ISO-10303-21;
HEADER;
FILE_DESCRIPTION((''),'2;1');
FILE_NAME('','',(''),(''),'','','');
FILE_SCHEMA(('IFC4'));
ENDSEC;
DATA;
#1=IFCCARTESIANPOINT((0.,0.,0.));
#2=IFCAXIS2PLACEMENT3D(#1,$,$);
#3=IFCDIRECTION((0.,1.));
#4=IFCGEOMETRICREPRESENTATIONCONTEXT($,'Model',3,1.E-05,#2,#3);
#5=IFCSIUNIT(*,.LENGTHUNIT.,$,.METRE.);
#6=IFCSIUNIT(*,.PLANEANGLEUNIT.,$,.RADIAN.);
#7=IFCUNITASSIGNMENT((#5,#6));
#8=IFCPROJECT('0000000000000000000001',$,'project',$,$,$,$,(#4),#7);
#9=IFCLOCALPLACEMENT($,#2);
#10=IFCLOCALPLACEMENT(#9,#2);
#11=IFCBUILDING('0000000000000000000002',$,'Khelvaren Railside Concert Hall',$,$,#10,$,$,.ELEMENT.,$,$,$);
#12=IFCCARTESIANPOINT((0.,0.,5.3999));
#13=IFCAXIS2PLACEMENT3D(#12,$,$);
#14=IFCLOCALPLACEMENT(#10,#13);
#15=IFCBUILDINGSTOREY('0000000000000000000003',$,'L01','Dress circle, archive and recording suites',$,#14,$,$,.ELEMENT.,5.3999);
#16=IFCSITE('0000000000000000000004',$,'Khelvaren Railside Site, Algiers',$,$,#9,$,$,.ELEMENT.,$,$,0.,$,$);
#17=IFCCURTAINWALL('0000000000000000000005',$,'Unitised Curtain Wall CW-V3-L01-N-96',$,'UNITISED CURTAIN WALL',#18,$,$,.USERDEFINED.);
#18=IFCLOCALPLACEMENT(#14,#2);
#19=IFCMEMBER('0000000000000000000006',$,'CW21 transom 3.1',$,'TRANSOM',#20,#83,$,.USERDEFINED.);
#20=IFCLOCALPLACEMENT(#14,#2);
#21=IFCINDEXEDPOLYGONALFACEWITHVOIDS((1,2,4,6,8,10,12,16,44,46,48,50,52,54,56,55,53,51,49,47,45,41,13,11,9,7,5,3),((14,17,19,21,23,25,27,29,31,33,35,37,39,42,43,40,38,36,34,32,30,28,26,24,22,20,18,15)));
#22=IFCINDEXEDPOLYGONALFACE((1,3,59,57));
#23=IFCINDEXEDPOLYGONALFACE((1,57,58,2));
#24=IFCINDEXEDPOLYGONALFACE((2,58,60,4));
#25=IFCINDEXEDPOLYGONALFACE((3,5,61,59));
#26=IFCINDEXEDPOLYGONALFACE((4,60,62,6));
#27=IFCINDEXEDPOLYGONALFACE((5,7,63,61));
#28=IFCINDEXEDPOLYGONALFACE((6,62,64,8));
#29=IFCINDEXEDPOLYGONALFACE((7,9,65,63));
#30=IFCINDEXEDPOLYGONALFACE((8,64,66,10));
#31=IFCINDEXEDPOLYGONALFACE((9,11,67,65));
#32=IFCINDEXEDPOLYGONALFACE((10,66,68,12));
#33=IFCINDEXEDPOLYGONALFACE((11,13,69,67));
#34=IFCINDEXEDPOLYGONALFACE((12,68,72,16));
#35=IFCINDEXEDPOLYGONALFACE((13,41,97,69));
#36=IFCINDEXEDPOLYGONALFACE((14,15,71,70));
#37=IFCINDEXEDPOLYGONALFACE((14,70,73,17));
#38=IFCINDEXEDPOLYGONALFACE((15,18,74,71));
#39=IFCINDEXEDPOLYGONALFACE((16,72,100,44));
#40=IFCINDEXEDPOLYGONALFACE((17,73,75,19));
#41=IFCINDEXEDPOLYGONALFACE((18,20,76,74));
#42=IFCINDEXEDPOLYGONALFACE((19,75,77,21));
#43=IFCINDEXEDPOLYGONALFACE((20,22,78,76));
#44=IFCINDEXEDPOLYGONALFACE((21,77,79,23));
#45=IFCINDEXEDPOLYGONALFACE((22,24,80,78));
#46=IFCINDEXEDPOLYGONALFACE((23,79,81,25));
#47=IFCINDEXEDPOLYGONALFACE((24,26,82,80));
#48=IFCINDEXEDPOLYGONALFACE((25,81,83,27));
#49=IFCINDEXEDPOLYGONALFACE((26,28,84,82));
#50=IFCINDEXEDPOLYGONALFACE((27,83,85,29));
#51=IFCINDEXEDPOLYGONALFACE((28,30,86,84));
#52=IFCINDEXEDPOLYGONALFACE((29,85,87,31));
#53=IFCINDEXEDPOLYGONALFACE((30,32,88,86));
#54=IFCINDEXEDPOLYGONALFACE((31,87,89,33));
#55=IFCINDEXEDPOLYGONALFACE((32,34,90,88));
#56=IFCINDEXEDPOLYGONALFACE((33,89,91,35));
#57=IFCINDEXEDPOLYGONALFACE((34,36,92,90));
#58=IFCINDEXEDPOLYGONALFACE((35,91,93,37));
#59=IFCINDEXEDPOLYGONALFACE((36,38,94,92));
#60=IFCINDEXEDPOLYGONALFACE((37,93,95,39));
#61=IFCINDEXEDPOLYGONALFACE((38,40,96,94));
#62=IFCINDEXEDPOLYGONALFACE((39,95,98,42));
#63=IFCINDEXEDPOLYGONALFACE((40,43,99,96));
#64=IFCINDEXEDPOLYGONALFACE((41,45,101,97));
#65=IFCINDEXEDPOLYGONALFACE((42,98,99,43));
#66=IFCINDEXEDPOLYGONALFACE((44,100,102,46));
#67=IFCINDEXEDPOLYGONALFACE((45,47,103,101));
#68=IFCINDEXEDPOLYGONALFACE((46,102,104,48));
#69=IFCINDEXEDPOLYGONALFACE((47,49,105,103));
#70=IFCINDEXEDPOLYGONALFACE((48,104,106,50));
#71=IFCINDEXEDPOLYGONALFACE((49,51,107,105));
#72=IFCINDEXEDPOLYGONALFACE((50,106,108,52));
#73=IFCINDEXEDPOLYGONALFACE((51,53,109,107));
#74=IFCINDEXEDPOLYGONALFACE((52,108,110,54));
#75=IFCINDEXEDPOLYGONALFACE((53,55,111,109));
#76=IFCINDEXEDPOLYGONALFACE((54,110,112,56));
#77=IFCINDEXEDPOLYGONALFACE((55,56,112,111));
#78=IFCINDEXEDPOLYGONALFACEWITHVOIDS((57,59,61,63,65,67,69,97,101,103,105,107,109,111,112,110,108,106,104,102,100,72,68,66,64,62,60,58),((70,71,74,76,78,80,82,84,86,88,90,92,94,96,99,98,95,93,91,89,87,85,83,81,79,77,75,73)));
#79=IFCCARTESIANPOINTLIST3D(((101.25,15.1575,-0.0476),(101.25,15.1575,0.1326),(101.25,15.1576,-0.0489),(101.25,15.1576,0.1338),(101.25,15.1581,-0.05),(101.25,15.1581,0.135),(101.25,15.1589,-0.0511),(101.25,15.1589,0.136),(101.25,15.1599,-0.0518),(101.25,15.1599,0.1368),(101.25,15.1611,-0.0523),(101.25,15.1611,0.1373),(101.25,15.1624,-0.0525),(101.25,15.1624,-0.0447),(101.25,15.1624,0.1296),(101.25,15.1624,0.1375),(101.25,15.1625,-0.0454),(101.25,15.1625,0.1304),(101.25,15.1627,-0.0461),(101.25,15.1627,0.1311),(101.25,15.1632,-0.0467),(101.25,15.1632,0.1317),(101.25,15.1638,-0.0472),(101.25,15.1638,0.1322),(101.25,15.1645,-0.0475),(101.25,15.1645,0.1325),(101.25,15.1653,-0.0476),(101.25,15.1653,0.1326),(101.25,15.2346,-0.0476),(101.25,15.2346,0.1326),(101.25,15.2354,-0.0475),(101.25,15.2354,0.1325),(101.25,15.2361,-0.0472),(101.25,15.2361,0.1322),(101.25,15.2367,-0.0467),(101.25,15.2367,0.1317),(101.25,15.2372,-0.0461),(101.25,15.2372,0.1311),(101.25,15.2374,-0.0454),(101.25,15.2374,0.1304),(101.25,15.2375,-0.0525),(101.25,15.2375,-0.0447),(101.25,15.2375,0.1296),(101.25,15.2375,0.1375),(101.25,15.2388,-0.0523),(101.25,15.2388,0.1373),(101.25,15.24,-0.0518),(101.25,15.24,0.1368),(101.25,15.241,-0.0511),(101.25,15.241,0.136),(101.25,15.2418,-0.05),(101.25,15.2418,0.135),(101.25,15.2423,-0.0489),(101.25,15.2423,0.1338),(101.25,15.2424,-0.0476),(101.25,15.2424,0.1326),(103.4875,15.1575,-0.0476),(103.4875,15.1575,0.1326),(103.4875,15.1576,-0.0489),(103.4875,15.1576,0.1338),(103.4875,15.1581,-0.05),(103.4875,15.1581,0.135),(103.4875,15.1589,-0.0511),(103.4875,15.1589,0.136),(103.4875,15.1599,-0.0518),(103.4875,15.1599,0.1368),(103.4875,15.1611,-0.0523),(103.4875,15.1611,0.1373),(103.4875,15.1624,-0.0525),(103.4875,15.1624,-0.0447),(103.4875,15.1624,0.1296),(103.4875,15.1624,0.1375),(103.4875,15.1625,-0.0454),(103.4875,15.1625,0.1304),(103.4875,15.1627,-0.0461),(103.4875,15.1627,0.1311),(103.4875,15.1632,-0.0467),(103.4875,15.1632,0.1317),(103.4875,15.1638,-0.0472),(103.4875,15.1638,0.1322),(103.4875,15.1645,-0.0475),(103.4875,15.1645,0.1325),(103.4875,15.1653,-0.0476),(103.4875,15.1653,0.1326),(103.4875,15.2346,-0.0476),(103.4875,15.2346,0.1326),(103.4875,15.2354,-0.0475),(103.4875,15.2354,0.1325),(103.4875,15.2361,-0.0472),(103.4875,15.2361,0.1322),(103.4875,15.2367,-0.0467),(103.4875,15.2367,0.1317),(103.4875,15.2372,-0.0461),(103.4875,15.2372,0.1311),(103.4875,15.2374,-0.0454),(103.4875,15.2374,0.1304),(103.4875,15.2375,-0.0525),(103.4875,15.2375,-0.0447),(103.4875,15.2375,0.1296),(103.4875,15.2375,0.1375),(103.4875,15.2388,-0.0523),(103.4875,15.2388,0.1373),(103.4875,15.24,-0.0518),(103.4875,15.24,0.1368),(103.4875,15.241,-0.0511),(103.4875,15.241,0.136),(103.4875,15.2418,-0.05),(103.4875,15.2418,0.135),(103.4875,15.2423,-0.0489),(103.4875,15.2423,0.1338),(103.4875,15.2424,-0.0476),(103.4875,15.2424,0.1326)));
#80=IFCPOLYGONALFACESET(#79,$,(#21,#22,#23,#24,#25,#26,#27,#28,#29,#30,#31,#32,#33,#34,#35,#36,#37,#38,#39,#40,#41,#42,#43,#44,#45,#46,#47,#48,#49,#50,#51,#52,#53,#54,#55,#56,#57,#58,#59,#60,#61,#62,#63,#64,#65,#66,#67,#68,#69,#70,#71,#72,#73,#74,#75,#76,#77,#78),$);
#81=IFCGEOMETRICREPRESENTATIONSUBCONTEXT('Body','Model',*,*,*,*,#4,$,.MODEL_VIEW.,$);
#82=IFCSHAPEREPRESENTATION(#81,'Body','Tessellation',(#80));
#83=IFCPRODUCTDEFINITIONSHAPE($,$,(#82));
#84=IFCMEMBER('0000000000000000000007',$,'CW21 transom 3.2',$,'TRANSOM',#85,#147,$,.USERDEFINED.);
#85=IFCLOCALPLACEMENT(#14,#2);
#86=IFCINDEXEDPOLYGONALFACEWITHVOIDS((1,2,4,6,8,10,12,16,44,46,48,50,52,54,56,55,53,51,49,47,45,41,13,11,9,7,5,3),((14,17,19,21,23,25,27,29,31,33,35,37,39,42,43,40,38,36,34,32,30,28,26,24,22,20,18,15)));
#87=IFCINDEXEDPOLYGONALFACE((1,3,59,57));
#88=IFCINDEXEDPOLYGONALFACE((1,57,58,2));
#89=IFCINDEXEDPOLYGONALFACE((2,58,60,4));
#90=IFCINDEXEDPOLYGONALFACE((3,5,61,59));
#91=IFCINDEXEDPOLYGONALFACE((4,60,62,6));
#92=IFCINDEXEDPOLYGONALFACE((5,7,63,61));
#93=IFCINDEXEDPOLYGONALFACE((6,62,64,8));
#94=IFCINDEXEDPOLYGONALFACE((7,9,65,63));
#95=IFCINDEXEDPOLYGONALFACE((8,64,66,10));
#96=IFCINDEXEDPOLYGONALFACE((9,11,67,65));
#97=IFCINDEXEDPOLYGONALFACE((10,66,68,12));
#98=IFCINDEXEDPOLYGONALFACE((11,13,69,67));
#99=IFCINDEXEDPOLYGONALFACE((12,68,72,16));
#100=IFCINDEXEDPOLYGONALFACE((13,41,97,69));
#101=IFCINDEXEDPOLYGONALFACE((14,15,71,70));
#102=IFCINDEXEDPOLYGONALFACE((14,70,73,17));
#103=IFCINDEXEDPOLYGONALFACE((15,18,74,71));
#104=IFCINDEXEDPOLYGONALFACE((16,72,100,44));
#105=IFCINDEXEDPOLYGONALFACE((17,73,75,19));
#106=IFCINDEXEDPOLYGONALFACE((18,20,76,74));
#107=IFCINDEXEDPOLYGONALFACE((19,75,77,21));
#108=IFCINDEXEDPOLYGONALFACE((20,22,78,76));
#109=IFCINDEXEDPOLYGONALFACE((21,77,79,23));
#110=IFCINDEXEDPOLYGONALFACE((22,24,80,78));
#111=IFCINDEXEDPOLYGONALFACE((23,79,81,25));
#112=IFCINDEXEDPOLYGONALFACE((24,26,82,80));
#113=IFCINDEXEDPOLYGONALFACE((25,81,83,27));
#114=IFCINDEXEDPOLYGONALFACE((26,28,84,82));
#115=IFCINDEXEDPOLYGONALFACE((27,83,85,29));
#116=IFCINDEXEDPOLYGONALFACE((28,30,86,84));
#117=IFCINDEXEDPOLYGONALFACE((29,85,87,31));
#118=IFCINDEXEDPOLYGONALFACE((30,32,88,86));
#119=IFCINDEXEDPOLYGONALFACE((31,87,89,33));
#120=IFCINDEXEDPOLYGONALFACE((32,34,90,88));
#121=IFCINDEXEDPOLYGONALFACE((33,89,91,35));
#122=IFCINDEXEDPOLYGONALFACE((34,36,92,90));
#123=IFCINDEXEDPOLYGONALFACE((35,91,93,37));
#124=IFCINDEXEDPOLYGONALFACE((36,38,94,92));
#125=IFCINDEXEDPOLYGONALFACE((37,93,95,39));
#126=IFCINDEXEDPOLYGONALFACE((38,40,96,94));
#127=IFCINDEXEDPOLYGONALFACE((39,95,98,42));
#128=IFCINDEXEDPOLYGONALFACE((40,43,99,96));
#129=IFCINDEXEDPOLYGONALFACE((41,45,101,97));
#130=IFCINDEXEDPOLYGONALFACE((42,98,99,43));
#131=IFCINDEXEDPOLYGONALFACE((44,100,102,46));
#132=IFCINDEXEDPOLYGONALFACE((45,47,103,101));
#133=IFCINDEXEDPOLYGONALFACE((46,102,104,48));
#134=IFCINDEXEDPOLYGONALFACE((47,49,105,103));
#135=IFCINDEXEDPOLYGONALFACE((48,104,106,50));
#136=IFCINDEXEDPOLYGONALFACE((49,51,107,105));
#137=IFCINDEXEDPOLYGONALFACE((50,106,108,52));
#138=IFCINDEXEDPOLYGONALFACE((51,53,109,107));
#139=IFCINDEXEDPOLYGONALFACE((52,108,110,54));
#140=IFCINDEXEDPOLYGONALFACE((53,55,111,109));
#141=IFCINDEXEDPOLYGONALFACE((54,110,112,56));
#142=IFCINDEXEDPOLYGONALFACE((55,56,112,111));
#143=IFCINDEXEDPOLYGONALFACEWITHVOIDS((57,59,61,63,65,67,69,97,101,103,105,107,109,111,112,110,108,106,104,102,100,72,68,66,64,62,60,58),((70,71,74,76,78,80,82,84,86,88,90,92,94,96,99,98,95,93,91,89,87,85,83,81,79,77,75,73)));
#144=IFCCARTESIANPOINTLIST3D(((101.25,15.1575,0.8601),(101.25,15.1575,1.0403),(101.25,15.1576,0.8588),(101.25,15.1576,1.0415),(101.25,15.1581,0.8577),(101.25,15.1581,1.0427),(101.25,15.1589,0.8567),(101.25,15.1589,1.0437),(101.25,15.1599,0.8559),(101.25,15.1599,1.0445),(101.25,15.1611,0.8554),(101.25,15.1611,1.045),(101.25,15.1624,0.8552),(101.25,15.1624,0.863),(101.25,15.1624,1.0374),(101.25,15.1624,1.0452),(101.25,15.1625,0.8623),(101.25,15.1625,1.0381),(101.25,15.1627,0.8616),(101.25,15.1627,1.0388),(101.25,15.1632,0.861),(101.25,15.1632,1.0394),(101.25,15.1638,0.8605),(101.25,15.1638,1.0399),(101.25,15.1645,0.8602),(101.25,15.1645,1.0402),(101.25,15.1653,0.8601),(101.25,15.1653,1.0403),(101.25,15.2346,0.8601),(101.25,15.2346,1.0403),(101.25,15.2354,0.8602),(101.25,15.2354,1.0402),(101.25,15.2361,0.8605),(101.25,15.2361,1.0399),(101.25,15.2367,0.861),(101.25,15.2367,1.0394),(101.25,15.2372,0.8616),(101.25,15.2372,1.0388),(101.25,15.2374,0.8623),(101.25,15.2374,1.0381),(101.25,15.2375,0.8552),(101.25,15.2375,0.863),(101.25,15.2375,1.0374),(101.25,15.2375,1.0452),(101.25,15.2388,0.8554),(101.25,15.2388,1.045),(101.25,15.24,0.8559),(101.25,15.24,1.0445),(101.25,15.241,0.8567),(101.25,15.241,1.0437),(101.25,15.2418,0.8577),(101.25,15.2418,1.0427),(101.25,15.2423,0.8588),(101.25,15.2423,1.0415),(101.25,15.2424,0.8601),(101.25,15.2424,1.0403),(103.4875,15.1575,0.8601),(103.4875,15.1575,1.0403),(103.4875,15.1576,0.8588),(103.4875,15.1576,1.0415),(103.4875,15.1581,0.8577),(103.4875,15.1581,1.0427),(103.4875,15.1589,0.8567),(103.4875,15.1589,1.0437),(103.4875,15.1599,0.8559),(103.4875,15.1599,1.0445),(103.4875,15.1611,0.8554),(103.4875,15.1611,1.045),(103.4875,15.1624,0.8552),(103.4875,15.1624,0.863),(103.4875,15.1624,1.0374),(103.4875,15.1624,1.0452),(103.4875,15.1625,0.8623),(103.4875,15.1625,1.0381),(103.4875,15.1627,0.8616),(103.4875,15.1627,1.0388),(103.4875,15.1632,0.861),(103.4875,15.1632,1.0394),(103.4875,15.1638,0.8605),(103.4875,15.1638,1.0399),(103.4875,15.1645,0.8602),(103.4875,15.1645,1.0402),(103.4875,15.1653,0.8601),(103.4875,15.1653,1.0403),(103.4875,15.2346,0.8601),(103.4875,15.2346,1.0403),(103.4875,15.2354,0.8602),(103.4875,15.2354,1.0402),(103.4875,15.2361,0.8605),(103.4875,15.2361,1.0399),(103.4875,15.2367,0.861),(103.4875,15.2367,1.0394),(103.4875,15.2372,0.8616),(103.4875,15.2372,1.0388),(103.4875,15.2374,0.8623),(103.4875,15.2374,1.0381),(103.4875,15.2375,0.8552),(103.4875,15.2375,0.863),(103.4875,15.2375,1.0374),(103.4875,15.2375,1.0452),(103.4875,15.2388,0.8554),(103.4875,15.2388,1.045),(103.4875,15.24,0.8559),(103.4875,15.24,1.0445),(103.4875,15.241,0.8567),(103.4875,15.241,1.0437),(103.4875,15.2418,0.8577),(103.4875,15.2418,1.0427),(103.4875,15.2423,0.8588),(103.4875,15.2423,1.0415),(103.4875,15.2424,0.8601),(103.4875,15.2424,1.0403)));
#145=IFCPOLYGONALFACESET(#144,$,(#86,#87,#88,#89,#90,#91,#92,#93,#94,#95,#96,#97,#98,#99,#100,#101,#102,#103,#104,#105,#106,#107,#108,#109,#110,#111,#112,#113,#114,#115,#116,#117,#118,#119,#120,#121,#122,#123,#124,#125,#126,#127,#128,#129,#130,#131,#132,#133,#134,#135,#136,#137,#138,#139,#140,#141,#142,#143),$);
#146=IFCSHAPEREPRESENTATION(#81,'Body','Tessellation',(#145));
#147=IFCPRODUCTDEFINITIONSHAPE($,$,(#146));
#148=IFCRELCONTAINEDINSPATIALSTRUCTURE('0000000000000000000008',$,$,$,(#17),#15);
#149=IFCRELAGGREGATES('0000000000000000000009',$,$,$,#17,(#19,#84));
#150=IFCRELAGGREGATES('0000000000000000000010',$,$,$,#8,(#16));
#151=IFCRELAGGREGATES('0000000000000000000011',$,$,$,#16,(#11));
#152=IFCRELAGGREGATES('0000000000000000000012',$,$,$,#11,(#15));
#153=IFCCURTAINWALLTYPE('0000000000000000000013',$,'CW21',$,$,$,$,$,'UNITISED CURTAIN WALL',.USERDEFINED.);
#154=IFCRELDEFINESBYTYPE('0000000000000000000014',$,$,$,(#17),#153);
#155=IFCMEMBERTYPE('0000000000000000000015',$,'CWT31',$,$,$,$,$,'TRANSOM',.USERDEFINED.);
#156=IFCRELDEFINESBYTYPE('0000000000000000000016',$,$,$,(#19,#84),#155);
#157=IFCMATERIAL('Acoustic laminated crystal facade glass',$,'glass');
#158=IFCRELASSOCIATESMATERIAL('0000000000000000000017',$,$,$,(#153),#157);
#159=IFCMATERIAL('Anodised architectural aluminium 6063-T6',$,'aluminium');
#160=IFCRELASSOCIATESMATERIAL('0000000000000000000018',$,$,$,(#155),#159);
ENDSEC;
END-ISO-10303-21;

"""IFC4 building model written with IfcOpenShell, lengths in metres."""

from ifc_helpers import new_model, si_unit, direction, frame, origin, origin_2d, place, context, subcontext, project, spatial, hollow_rectangle, extrude, material, material_profile, profile_set, type_object, element, aggregate, save


model = new_model("IFC4")

# Units and contexts
model_context = context("Model", 3, precision=1e-05, world=origin(), true_north=direction((0.0, 1.0)))
body_context = subcontext(model_context, "Body", "Model", "MODEL_VIEW")
ifc_project = project(units=[si_unit("LENGTHUNIT", "METRE"), si_unit("PLANEANGLEUNIT", "RADIAN")], contexts=[model_context])

# Site, building, storey
site_placement = place(None, origin())
site = spatial("IfcSite", under=ifc_project, at=site_placement, Name="Khelvaren Railside Site, Algiers", CompositionType="ELEMENT", RefElevation=0.0)
building_placement = place(site_placement, origin())
building = spatial("IfcBuilding", under=site, at=building_placement, Name="Khelvaren Railside Concert Hall", CompositionType="ELEMENT")
storey_placement = place(building_placement, frame((0.0, 0.0, 5.3999)))
storey = spatial("IfcBuildingStorey", under=building, at=storey_placement, Name="L01", Description="Dress circle, archive and recording suites", CompositionType="ELEMENT", Elevation=5.3999)

# Curtain wall
ifc_material_1 = material(Name="Acoustic laminated crystal facade glass", Category="glass")
curtain_wall_type_1 = type_object("IfcCurtainWallType", Name="CW21", ElementType="UNITISED CURTAIN WALL", PredefinedType="USERDEFINED", material=ifc_material_1)
curtain_wall_1_placement = place(storey_placement, origin())
curtain_wall_1 = element("IfcCurtainWall", 1, at=curtain_wall_1_placement, inside=storey, type_object=curtain_wall_type_1, Name="Unitised Curtain Wall CW-V3-L01-N-96", ObjectType="UNITISED CURTAIN WALL", PredefinedType="USERDEFINED")
ifc_material_2 = material(Name="Anodised architectural aluminium 6063-T6", Category="aluminium")

# Members
ifc_material_profile_1 = material_profile(ifc_material_2, hollow_rectangle(XDim=0.085, YDim=0.1899, WallThickness=0.0049, InnerFilletRadius=0.0029, OuterFilletRadius=0.0049, at=origin_2d()), Name="CWT 85x190x5")
ifc_profile_set_1 = profile_set([ifc_material_profile_1], Name="Anodised architectural aluminium 6063-T6")
member_type_1 = type_object("IfcMemberType", Name="CWT31", ElementType="TRANSOM", PredefinedType="USERDEFINED", material=ifc_profile_set_1)
member_1_placement = place(storey_placement, frame((101.25, 15.2, 0.0425), z_axis=(1.0, 0.0, 0.0), x_axis=(0.0, 1.0, 0.0)))
member_1 = element("IfcMember", 2, at=member_1_placement, type_object=member_type_1, Name="CW21 transom 3.1", ObjectType="TRANSOM", PredefinedType="USERDEFINED", context=body_context, shape_type="SweptSolid", body=[
    extrude(hollow_rectangle(XDim=0.085, YDim=0.1899, WallThickness=0.0049, InnerFilletRadius=0.0029, OuterFilletRadius=0.0049, at=origin_2d()), origin(), (0.0, 0.0, 1.0), 2.2375),
])
member_2_placement = place(storey_placement, frame((101.25, 15.2, 0.9502), z_axis=(1.0, 0.0, 0.0), x_axis=(0.0, 1.0, 0.0)))
member_2 = element("IfcMember", 3, at=member_2_placement, type_object=member_type_1, Name="CW21 transom 3.2", ObjectType="TRANSOM", PredefinedType="USERDEFINED", context=body_context, shape_type="SweptSolid", body=[
    extrude(hollow_rectangle(XDim=0.085, YDim=0.1899, WallThickness=0.0049, InnerFilletRadius=0.0029, OuterFilletRadius=0.0049, at=origin_2d()), origin(), (0.0, 0.0, 1.0), 2.2375),
])

aggregate(curtain_wall_1, [member_1, member_2])

save(model, "model.ifc")
